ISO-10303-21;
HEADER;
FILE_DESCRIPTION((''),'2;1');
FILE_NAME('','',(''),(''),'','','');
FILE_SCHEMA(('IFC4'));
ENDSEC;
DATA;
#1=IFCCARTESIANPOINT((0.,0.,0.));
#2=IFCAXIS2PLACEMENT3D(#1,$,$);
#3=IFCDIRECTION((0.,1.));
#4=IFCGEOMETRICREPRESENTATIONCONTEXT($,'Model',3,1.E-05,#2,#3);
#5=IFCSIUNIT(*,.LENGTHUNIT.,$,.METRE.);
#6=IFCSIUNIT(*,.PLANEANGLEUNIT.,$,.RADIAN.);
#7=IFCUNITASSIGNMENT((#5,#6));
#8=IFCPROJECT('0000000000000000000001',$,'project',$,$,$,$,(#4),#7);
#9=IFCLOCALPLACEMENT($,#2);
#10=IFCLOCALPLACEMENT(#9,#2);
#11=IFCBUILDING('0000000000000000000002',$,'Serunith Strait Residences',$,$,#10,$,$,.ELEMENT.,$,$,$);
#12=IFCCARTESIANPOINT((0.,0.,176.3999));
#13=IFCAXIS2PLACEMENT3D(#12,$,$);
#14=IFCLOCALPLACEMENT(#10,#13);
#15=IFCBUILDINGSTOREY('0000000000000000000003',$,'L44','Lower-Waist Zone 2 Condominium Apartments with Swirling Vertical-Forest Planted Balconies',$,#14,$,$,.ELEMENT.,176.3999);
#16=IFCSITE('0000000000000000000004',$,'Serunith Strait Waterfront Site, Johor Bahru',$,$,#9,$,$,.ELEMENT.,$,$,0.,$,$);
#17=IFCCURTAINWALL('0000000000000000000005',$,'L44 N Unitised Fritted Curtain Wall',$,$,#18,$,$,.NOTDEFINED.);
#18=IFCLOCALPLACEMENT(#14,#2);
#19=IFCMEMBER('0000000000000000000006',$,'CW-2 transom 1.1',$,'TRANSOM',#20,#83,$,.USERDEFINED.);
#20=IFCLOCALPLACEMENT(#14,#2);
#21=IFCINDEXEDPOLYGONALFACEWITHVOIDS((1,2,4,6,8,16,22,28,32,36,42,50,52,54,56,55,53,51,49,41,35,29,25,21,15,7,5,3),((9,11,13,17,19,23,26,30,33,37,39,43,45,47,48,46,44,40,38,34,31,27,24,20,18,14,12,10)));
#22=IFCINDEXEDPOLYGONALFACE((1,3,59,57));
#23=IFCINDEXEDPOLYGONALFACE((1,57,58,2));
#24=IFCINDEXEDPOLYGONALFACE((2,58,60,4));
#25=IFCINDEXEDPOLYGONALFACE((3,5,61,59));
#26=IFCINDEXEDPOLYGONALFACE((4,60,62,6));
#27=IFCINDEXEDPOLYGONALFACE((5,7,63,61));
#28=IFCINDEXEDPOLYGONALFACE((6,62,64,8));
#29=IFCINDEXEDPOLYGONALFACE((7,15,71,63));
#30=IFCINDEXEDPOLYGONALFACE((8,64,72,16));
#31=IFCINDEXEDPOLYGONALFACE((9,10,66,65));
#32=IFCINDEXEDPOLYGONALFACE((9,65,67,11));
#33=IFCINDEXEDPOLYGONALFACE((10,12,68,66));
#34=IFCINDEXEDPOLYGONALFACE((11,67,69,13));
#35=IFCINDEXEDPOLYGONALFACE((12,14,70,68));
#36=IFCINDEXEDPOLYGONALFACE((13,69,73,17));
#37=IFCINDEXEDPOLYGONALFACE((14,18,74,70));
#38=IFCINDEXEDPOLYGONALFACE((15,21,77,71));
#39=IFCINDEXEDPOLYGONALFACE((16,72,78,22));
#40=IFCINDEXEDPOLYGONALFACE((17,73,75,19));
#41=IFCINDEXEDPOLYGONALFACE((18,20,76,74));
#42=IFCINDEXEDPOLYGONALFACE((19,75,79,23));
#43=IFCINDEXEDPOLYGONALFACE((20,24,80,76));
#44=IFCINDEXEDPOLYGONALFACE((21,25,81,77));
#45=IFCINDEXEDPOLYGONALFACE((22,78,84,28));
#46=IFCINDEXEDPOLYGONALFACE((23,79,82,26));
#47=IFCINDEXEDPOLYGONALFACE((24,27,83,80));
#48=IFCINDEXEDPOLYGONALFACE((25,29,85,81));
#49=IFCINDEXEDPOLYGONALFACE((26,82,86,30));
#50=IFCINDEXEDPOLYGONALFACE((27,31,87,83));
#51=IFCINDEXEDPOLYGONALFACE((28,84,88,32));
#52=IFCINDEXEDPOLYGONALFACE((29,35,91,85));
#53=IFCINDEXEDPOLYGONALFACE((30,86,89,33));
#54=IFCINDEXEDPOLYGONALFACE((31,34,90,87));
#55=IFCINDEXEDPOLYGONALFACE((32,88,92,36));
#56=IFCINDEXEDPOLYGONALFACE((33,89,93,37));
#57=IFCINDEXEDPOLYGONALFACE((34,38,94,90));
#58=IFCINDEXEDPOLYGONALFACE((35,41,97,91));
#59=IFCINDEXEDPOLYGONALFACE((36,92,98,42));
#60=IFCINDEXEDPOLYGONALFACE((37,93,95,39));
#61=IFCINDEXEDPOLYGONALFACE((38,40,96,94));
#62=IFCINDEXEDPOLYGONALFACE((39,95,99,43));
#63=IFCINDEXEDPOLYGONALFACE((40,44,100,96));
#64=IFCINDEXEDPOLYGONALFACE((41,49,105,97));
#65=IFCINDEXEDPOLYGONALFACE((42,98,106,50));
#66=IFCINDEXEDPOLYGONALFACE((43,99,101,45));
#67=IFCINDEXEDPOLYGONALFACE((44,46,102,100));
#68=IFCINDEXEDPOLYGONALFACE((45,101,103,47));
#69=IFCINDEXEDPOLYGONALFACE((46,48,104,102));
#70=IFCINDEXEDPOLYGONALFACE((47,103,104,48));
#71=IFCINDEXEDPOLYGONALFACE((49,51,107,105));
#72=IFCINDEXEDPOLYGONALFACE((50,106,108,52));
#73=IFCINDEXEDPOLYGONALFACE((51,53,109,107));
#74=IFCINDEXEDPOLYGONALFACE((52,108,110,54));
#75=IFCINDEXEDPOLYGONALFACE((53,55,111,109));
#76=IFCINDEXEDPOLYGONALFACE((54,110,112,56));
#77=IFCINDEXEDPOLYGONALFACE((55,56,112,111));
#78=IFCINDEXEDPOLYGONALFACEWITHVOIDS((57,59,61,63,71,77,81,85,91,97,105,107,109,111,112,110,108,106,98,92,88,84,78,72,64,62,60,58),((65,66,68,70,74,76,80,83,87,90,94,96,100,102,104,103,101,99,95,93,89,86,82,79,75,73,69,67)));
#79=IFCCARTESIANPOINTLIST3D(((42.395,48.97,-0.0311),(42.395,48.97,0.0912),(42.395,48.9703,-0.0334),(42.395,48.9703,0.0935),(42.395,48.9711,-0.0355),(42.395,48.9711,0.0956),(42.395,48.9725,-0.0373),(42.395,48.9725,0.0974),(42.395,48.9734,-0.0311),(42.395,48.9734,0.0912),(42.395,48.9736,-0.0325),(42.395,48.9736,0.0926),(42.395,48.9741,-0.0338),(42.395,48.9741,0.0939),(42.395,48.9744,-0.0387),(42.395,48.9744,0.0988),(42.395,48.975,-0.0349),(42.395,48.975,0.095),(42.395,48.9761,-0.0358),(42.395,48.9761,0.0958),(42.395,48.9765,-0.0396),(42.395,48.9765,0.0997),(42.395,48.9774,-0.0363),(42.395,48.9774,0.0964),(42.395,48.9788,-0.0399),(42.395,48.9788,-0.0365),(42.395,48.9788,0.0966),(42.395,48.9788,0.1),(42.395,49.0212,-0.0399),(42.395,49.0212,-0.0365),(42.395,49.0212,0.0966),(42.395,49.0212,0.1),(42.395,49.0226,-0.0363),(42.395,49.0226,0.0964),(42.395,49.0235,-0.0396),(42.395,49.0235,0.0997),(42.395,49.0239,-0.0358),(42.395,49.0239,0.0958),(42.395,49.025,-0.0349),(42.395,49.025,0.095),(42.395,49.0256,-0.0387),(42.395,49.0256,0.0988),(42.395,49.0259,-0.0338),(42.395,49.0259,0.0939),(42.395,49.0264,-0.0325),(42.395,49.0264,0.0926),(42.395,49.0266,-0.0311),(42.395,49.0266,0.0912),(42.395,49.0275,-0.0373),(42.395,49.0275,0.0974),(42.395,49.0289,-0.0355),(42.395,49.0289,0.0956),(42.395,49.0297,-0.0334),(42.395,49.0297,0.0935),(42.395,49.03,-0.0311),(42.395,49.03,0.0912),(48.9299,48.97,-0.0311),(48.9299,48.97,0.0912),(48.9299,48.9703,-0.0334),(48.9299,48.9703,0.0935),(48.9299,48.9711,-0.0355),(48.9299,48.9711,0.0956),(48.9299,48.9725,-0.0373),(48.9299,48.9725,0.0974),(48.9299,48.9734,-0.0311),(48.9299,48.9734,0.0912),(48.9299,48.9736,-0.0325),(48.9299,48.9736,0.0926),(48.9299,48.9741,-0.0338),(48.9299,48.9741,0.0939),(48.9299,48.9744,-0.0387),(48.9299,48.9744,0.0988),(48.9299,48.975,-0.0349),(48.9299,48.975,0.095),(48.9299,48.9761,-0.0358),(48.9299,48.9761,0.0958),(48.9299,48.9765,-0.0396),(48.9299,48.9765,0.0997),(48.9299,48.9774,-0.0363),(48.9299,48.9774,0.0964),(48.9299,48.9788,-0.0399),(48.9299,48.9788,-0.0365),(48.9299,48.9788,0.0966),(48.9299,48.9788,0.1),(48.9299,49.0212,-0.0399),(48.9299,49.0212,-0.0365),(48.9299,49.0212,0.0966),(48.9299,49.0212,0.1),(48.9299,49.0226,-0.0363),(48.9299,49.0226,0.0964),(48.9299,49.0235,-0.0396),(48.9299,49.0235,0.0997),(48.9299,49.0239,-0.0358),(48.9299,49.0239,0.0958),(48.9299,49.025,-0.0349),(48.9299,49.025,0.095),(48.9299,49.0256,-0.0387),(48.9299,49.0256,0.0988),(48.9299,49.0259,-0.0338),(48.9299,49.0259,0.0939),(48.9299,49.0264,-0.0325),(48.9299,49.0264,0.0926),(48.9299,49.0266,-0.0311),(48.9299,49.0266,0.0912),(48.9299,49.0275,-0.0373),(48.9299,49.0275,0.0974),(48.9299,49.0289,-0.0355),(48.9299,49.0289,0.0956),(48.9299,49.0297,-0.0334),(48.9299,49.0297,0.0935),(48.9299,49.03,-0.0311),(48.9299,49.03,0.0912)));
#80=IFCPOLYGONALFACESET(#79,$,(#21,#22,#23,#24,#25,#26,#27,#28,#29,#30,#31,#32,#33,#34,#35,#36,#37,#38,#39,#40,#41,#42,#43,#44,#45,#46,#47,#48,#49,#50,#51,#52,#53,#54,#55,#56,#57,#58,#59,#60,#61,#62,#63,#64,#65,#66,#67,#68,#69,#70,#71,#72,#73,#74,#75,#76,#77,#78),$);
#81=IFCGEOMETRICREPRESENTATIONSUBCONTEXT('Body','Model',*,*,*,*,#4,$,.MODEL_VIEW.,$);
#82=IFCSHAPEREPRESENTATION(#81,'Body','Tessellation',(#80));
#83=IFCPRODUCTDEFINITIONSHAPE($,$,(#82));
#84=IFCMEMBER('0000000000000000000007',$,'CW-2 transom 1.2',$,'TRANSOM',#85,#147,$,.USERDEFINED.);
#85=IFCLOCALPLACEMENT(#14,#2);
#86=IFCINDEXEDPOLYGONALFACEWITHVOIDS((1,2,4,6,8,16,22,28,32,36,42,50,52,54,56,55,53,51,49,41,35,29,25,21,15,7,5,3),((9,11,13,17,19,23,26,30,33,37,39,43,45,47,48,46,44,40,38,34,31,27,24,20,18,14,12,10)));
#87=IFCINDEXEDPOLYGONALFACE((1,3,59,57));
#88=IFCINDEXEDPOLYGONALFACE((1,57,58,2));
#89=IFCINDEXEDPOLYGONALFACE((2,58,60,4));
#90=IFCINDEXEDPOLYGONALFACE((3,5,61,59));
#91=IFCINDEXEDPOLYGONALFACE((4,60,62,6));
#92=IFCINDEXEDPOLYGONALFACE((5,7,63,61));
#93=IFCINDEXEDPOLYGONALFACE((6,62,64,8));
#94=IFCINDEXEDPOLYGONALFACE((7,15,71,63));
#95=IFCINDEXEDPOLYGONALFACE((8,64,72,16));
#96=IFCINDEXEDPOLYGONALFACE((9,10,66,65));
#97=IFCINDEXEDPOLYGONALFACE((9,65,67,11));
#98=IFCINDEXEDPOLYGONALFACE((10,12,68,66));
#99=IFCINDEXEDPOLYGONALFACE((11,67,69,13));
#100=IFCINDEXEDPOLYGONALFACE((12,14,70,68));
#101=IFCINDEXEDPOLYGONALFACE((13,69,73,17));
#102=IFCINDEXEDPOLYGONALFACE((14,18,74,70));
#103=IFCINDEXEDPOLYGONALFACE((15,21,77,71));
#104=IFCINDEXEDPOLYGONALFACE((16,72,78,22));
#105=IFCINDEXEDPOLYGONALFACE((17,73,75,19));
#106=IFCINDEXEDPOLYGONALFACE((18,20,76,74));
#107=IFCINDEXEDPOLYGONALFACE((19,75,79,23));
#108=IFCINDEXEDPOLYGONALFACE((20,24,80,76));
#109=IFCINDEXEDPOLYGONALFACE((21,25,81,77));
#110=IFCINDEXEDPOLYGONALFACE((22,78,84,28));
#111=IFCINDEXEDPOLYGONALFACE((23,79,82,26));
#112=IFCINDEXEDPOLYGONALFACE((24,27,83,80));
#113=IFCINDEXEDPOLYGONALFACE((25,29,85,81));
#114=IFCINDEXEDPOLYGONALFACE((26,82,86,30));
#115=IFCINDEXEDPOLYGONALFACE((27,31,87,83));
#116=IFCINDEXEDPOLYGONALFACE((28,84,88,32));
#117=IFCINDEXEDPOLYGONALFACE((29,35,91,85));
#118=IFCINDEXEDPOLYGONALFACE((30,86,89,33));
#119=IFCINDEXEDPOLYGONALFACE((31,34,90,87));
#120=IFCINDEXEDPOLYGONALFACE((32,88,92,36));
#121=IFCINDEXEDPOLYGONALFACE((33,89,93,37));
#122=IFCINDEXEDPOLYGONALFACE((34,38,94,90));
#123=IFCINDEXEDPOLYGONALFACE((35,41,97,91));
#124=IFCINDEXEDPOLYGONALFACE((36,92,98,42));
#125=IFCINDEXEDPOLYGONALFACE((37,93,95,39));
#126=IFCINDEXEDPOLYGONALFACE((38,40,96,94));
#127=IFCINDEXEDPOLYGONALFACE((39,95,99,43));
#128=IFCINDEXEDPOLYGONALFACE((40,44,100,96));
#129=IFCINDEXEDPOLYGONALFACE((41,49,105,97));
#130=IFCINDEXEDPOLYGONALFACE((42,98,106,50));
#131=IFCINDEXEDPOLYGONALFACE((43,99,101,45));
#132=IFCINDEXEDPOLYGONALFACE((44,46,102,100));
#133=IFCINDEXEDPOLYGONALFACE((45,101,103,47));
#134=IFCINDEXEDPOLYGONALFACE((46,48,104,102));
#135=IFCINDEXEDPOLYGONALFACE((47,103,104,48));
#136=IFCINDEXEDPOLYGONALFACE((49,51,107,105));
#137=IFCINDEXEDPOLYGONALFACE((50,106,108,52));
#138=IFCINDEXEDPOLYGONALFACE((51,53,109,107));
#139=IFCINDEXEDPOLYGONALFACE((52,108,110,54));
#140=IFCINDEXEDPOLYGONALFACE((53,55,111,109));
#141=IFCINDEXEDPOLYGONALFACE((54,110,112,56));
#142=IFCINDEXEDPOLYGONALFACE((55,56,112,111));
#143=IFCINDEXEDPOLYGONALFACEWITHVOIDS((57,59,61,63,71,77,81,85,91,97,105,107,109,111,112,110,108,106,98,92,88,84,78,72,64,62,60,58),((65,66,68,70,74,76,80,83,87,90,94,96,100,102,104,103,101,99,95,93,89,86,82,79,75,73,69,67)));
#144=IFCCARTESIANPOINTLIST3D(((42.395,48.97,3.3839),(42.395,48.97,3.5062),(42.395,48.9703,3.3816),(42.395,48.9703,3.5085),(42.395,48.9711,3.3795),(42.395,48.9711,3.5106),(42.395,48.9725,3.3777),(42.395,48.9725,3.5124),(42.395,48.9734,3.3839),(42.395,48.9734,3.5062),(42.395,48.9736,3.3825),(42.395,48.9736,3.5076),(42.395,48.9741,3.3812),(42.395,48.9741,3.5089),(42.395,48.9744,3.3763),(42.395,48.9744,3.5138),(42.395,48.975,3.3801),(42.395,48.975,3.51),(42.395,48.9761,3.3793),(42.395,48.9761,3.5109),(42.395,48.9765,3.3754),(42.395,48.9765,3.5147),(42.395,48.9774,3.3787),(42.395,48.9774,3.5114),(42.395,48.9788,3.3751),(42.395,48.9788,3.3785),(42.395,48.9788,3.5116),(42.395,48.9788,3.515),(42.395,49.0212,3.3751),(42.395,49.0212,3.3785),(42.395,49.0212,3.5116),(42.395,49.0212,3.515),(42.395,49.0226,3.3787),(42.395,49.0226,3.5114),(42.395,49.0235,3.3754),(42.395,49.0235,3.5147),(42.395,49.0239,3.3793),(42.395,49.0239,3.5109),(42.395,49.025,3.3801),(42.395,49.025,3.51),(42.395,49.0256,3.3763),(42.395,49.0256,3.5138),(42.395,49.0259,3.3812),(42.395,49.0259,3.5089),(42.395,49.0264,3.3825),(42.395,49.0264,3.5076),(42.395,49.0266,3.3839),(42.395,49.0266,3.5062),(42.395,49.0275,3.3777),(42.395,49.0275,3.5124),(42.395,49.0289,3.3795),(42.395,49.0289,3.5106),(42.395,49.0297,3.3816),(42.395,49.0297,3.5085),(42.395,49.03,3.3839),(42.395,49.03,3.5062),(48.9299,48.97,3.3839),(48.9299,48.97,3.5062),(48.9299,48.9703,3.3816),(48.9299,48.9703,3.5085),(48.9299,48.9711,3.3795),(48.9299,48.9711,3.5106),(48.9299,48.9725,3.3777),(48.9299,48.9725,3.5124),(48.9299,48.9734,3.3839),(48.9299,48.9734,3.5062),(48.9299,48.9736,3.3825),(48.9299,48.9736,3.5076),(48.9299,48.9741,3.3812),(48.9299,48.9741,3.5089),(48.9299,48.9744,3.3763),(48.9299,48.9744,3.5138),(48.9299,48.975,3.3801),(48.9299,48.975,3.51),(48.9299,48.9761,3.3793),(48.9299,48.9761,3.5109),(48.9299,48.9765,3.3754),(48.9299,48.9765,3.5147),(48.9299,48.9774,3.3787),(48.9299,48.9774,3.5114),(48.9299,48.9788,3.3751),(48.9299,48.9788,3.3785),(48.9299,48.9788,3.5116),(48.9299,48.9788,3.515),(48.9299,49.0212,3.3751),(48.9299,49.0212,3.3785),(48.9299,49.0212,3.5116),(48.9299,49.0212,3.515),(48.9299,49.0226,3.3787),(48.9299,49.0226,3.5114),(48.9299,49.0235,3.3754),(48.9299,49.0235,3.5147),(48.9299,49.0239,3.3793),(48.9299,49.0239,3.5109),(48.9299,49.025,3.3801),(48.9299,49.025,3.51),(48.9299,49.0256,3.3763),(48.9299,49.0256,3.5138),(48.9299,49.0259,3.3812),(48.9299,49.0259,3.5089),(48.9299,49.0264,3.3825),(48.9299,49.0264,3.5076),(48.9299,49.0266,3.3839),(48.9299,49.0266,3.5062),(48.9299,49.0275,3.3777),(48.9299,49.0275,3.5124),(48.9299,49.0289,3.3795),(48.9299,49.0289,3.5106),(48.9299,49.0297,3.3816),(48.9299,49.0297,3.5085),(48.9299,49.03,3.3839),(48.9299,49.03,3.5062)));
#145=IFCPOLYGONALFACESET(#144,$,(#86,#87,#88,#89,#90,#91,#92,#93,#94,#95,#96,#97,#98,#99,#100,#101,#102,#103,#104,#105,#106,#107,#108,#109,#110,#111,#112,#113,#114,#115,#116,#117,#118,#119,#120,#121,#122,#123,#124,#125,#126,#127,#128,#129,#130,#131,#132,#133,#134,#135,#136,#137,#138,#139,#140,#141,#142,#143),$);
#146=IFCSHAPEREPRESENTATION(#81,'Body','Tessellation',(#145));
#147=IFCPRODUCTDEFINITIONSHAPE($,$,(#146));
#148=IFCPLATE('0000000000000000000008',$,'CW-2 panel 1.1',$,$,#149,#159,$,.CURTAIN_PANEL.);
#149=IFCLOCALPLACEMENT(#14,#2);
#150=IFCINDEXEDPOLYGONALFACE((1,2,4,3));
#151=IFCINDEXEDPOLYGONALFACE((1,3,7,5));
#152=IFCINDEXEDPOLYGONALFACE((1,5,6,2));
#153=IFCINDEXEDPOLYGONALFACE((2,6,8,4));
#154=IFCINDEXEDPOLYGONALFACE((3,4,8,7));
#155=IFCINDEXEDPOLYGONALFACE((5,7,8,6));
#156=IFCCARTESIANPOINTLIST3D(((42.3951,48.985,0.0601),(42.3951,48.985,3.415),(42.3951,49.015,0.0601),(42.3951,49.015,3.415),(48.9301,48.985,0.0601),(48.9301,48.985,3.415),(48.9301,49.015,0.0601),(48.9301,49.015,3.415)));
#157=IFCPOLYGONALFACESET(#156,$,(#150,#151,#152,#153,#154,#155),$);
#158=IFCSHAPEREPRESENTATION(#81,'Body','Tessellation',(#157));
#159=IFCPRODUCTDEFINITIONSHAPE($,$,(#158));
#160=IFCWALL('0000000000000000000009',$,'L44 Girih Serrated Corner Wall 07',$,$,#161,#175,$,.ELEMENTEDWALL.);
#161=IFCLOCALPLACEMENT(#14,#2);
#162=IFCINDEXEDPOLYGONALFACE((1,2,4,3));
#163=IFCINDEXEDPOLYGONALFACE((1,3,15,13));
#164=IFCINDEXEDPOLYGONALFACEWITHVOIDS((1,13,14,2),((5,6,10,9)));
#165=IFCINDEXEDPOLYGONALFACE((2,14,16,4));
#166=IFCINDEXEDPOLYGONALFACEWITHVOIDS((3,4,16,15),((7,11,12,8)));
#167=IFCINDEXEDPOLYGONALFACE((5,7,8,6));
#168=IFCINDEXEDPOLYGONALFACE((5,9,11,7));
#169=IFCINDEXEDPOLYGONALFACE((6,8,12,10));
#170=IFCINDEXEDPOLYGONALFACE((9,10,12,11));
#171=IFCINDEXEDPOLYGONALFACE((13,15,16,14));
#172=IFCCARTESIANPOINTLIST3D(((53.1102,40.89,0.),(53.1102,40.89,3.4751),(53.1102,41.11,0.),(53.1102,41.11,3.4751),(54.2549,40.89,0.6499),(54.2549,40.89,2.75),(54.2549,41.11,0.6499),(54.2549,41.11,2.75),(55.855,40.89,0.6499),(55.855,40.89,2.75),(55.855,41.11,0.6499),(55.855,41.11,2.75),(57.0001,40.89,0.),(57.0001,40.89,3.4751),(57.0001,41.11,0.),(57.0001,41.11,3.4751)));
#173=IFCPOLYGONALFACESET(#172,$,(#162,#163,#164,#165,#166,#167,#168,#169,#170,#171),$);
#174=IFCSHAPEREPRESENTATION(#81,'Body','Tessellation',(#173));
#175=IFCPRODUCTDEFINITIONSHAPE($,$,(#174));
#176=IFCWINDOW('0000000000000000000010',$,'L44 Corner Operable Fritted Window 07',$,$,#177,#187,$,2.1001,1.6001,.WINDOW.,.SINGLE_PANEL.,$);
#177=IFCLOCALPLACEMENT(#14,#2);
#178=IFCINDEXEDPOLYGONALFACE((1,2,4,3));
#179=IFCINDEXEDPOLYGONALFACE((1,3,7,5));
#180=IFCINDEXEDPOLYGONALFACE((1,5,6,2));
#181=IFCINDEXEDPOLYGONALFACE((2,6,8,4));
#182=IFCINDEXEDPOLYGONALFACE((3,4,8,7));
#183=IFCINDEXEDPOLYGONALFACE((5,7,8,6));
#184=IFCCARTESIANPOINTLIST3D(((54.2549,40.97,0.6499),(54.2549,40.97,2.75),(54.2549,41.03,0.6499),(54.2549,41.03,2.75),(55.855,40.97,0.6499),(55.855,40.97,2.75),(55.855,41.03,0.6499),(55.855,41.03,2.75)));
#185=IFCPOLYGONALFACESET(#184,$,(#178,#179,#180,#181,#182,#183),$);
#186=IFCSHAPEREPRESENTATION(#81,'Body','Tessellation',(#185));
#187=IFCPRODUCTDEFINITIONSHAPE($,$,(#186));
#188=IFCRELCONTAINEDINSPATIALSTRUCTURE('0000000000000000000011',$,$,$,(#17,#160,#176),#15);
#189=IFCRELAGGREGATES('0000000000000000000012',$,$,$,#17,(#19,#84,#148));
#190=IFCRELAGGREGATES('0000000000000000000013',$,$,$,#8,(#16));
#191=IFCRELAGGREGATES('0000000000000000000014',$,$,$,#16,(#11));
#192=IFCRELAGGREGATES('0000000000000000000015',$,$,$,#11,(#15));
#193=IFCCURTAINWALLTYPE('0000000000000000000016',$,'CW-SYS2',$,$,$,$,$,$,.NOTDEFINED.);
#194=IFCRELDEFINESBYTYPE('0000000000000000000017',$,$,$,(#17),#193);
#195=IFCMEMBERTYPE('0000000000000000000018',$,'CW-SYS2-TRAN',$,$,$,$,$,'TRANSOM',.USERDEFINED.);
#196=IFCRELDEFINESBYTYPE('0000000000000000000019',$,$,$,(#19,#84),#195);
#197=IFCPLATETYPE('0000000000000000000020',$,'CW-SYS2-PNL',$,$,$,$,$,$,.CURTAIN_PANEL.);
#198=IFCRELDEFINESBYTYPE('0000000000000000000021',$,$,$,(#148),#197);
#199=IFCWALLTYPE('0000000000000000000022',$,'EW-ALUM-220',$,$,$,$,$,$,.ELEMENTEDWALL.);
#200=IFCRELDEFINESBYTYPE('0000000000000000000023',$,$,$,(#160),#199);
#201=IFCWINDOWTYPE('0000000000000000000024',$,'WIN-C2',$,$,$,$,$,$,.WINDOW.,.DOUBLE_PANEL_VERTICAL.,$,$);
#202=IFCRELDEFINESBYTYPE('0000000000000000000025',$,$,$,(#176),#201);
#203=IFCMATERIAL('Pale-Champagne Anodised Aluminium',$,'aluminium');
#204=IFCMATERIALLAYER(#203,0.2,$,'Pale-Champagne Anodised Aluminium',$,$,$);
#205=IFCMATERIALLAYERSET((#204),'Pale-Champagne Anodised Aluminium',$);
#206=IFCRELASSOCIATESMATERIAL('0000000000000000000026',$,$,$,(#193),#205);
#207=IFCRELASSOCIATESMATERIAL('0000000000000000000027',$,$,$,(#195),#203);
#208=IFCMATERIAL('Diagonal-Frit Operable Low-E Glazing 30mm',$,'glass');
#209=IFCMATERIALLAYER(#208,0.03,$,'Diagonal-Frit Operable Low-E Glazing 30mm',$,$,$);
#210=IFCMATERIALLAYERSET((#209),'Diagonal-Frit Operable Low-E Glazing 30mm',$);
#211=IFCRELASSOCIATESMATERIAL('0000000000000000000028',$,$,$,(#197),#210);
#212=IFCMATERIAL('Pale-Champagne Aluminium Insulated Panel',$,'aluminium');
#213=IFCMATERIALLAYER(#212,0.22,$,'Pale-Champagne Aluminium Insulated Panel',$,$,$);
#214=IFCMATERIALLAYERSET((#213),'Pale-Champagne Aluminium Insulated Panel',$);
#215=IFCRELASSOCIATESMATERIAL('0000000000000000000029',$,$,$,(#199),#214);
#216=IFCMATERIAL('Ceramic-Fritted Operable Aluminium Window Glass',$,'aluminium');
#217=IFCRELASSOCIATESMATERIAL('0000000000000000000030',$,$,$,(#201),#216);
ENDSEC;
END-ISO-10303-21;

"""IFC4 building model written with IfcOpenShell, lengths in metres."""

from ifc_helpers import new_model, si_unit, direction, frame, frame_2d, origin, origin_2d, place, context, subcontext, project, spatial, rectangle, hollow_rectangle, extrude, source, transform, mapped, material, layer, layer_set, material_profile, profile_set, type_object, element, fill, aggregate, save


model = new_model("IFC4")

# Units and contexts
model_context = context("Model", 3, precision=1e-05, world=origin(), true_north=direction((0.0, 1.0)))
body_context = subcontext(model_context, "Body", "Model", "MODEL_VIEW")
ifc_project = project(units=[si_unit("LENGTHUNIT", "METRE"), si_unit("PLANEANGLEUNIT", "RADIAN")], contexts=[model_context])

# Site, building, storey
site_placement = place(None, origin())
site = spatial("IfcSite", under=ifc_project, at=site_placement, Name="Serunith Strait Waterfront Site, Johor Bahru", CompositionType="ELEMENT", RefElevation=0.0)
building_placement = place(site_placement, origin())
building = spatial("IfcBuilding", under=site, at=building_placement, Name="Serunith Strait Residences", CompositionType="ELEMENT")
storey_placement = place(building_placement, frame((0.0, 0.0, 176.3999)))
storey = spatial("IfcBuildingStorey", under=building, at=storey_placement, Name="L44", Description="Lower-Waist Zone 2 Condominium Apartments with Swirling Vertical-Forest Planted Balconies", CompositionType="ELEMENT", Elevation=176.3999)

# Shared definitions
ifc_material_1 = material(Name="Pale-Champagne Anodised Aluminium", Category="aluminium")
ifc_layer_1 = layer(ifc_material_1, 0.2, Name="Pale-Champagne Anodised Aluminium")
ifc_layer_set_1 = layer_set([ifc_layer_1], Name="Pale-Champagne Anodised Aluminium")
curtain_wall_type = type_object("IfcCurtainWallType", Name="CW-SYS2", PredefinedType="NOTDEFINED", material=ifc_layer_set_1)

# Curtain wall, members, plate
curtain_wall_1_placement = place(storey_placement, origin())
curtain_wall_1 = element("IfcCurtainWall", 1, at=curtain_wall_1_placement, inside=storey, type_object=curtain_wall_type, Name="L44 N Unitised Fritted Curtain Wall", PredefinedType="NOTDEFINED")
ifc_material_profile_1 = material_profile(ifc_material_1, hollow_rectangle(XDim=0.0601, YDim=0.1399, WallThickness=0.0034, InnerFilletRadius=0.0054, OuterFilletRadius=0.0088, at=origin_2d()), Name="ALU 140x60x3.5")
ifc_profile_set_1 = profile_set([ifc_material_profile_1], Name="Pale-Champagne Anodised Aluminium")
member_type_1 = type_object("IfcMemberType", Name="CW-SYS2-TRAN", ElementType="TRANSOM", PredefinedType="USERDEFINED", material=ifc_profile_set_1)
shared_shape_1 = source(origin(), body_context, "Body", "SweptSolid", [
    extrude(hollow_rectangle(XDim=0.0601, YDim=0.1399, WallThickness=0.0034, InnerFilletRadius=0.0054, OuterFilletRadius=0.0088, at=origin_2d()), origin(), (0.0, 0.0, 1.0), 6.5349),
])
member_1_placement = place(storey_placement, frame((48.9299, 49.0, 0.03), z_axis=(-1.0, 0.0, 0.0), x_axis=(0.0, -1.0, 0.0)))
member_1 = element("IfcMember", 2, at=member_1_placement, type_object=member_type_1, Name="CW-2 transom 1.1", ObjectType="TRANSOM", PredefinedType="USERDEFINED", context=body_context, shape_type="MappedRepresentation", body=[
    mapped(shared_shape_1, transform((0.0, 0.0, 0.0), scale=1.0)),
])
member_2_placement = place(storey_placement, frame((48.9299, 49.0, 3.4451), z_axis=(-1.0, 0.0, 0.0), x_axis=(0.0, -1.0, 0.0)))
member_2 = element("IfcMember", 3, at=member_2_placement, type_object=member_type_1, Name="CW-2 transom 1.2", ObjectType="TRANSOM", PredefinedType="USERDEFINED", context=body_context, shape_type="MappedRepresentation", body=[
    mapped(shared_shape_1, transform((0.0, 0.0, 0.0), scale=1.0)),
])
ifc_material_2 = material(Name="Diagonal-Frit Operable Low-E Glazing 30mm", Category="glass")
ifc_layer_2 = layer(ifc_material_2, 0.03, Name="Diagonal-Frit Operable Low-E Glazing 30mm")
ifc_layer_set_2 = layer_set([ifc_layer_2], Name="Diagonal-Frit Operable Low-E Glazing 30mm")
plate_type = type_object("IfcPlateType", Name="CW-SYS2-PNL", PredefinedType="CURTAIN_PANEL", material=ifc_layer_set_2)
shared_shape_2 = source(origin(), body_context, "Body", "SweptSolid", [
    extrude(rectangle(XDim=6.5349, YDim=0.03, at=origin_2d()), origin(), (0.0, 0.0, 1.0), 3.355),
])
plate_placement = place(storey_placement, frame((45.6626, 49.0, 0.0601), z_axis=(0.0, 0.0, 1.0), x_axis=(-1.0, 0.0, 0.0)))
plate = element("IfcPlate", 4, at=plate_placement, type_object=plate_type, Name="CW-2 panel 1.1", PredefinedType="CURTAIN_PANEL", context=body_context, shape_type="MappedRepresentation", body=[
    mapped(shared_shape_2, transform((0.0, 0.0, 0.0), scale=1.0)),
])
aggregate(curtain_wall_1, [member_1, member_2, plate])

# Wall, opening, window
ifc_material_3 = material(Name="Pale-Champagne Aluminium Insulated Panel", Category="aluminium")
ifc_layer_3 = layer(ifc_material_3, 0.22, Name="Pale-Champagne Aluminium Insulated Panel")
ifc_layer_set_3 = layer_set([ifc_layer_3], Name="Pale-Champagne Aluminium Insulated Panel")
wall_type_1 = type_object("IfcWallType", Name="EW-ALUM-220", PredefinedType="ELEMENTEDWALL", material=ifc_layer_set_3)
wall_1_placement = place(storey_placement, frame((57.0, 41.0, 0.0), z_axis=(0.0, 0.0, 1.0), x_axis=(-1.0, 0.0, 0.0)))
wall_1 = element("IfcWall", 5, at=wall_1_placement, inside=storey, type_object=wall_type_1, Name="L44 Girih Serrated Corner Wall 07", PredefinedType="ELEMENTEDWALL", context=body_context, shape_type="SweptSolid", body=[
    extrude(rectangle(XDim=3.8899, YDim=0.22, at=frame_2d((1.9448, 0.0))), origin(), (0.0, 0.0, 1.0), 3.4751),
])
opening_1_placement = place(wall_1_placement, frame((1.145, 0.0, 0.6499)))
opening_1 = element("IfcOpeningElement", 6, at=opening_1_placement, cuts=wall_1, PredefinedType="OPENING", context=body_context, shape_type="SweptSolid", body=[
    extrude(rectangle(XDim=1.6001, YDim=2.1001, at=frame_2d((0.8, 1.05))), frame((0.0, 0.1201, 0.0), z_axis=(0.0, -1.0, 0.0), x_axis=(1.0, 0.0, 0.0)), (0.0, 0.0, 1.0), 0.24),
])
ifc_material_4 = material(Name="Ceramic-Fritted Operable Aluminium Window Glass", Category="aluminium")
window_type = type_object("IfcWindowType", Name="WIN-C2", PartitioningType="DOUBLE_PANEL_VERTICAL", PredefinedType="WINDOW", material=ifc_material_4)
shared_shape_3 = source(origin(), body_context, "Body", "SweptSolid", [
    extrude(rectangle(XDim=1.6001, YDim=2.1001, at=frame_2d((0.8, 1.05))), frame((0.0, 0.03, 0.0), z_axis=(0.0, -1.0, 0.0), x_axis=(1.0, 0.0, 0.0)), (0.0, 0.0, 1.0), 0.0601),
])
window_1_placement = place(opening_1_placement, origin())
window_1 = element("IfcWindow", 7, at=window_1_placement, inside=storey, type_object=window_type, Name="L44 Corner Operable Fritted Window 07", OverallHeight=2.1001, OverallWidth=1.6001, PartitioningType="SINGLE_PANEL", PredefinedType="WINDOW", context=body_context, shape_type="MappedRepresentation", body=[
    mapped(shared_shape_3, transform((0.0, 0.0, 0.0), scale=1.0)),
])
fill(opening_1, window_1)

save(model, "model.ifc")
